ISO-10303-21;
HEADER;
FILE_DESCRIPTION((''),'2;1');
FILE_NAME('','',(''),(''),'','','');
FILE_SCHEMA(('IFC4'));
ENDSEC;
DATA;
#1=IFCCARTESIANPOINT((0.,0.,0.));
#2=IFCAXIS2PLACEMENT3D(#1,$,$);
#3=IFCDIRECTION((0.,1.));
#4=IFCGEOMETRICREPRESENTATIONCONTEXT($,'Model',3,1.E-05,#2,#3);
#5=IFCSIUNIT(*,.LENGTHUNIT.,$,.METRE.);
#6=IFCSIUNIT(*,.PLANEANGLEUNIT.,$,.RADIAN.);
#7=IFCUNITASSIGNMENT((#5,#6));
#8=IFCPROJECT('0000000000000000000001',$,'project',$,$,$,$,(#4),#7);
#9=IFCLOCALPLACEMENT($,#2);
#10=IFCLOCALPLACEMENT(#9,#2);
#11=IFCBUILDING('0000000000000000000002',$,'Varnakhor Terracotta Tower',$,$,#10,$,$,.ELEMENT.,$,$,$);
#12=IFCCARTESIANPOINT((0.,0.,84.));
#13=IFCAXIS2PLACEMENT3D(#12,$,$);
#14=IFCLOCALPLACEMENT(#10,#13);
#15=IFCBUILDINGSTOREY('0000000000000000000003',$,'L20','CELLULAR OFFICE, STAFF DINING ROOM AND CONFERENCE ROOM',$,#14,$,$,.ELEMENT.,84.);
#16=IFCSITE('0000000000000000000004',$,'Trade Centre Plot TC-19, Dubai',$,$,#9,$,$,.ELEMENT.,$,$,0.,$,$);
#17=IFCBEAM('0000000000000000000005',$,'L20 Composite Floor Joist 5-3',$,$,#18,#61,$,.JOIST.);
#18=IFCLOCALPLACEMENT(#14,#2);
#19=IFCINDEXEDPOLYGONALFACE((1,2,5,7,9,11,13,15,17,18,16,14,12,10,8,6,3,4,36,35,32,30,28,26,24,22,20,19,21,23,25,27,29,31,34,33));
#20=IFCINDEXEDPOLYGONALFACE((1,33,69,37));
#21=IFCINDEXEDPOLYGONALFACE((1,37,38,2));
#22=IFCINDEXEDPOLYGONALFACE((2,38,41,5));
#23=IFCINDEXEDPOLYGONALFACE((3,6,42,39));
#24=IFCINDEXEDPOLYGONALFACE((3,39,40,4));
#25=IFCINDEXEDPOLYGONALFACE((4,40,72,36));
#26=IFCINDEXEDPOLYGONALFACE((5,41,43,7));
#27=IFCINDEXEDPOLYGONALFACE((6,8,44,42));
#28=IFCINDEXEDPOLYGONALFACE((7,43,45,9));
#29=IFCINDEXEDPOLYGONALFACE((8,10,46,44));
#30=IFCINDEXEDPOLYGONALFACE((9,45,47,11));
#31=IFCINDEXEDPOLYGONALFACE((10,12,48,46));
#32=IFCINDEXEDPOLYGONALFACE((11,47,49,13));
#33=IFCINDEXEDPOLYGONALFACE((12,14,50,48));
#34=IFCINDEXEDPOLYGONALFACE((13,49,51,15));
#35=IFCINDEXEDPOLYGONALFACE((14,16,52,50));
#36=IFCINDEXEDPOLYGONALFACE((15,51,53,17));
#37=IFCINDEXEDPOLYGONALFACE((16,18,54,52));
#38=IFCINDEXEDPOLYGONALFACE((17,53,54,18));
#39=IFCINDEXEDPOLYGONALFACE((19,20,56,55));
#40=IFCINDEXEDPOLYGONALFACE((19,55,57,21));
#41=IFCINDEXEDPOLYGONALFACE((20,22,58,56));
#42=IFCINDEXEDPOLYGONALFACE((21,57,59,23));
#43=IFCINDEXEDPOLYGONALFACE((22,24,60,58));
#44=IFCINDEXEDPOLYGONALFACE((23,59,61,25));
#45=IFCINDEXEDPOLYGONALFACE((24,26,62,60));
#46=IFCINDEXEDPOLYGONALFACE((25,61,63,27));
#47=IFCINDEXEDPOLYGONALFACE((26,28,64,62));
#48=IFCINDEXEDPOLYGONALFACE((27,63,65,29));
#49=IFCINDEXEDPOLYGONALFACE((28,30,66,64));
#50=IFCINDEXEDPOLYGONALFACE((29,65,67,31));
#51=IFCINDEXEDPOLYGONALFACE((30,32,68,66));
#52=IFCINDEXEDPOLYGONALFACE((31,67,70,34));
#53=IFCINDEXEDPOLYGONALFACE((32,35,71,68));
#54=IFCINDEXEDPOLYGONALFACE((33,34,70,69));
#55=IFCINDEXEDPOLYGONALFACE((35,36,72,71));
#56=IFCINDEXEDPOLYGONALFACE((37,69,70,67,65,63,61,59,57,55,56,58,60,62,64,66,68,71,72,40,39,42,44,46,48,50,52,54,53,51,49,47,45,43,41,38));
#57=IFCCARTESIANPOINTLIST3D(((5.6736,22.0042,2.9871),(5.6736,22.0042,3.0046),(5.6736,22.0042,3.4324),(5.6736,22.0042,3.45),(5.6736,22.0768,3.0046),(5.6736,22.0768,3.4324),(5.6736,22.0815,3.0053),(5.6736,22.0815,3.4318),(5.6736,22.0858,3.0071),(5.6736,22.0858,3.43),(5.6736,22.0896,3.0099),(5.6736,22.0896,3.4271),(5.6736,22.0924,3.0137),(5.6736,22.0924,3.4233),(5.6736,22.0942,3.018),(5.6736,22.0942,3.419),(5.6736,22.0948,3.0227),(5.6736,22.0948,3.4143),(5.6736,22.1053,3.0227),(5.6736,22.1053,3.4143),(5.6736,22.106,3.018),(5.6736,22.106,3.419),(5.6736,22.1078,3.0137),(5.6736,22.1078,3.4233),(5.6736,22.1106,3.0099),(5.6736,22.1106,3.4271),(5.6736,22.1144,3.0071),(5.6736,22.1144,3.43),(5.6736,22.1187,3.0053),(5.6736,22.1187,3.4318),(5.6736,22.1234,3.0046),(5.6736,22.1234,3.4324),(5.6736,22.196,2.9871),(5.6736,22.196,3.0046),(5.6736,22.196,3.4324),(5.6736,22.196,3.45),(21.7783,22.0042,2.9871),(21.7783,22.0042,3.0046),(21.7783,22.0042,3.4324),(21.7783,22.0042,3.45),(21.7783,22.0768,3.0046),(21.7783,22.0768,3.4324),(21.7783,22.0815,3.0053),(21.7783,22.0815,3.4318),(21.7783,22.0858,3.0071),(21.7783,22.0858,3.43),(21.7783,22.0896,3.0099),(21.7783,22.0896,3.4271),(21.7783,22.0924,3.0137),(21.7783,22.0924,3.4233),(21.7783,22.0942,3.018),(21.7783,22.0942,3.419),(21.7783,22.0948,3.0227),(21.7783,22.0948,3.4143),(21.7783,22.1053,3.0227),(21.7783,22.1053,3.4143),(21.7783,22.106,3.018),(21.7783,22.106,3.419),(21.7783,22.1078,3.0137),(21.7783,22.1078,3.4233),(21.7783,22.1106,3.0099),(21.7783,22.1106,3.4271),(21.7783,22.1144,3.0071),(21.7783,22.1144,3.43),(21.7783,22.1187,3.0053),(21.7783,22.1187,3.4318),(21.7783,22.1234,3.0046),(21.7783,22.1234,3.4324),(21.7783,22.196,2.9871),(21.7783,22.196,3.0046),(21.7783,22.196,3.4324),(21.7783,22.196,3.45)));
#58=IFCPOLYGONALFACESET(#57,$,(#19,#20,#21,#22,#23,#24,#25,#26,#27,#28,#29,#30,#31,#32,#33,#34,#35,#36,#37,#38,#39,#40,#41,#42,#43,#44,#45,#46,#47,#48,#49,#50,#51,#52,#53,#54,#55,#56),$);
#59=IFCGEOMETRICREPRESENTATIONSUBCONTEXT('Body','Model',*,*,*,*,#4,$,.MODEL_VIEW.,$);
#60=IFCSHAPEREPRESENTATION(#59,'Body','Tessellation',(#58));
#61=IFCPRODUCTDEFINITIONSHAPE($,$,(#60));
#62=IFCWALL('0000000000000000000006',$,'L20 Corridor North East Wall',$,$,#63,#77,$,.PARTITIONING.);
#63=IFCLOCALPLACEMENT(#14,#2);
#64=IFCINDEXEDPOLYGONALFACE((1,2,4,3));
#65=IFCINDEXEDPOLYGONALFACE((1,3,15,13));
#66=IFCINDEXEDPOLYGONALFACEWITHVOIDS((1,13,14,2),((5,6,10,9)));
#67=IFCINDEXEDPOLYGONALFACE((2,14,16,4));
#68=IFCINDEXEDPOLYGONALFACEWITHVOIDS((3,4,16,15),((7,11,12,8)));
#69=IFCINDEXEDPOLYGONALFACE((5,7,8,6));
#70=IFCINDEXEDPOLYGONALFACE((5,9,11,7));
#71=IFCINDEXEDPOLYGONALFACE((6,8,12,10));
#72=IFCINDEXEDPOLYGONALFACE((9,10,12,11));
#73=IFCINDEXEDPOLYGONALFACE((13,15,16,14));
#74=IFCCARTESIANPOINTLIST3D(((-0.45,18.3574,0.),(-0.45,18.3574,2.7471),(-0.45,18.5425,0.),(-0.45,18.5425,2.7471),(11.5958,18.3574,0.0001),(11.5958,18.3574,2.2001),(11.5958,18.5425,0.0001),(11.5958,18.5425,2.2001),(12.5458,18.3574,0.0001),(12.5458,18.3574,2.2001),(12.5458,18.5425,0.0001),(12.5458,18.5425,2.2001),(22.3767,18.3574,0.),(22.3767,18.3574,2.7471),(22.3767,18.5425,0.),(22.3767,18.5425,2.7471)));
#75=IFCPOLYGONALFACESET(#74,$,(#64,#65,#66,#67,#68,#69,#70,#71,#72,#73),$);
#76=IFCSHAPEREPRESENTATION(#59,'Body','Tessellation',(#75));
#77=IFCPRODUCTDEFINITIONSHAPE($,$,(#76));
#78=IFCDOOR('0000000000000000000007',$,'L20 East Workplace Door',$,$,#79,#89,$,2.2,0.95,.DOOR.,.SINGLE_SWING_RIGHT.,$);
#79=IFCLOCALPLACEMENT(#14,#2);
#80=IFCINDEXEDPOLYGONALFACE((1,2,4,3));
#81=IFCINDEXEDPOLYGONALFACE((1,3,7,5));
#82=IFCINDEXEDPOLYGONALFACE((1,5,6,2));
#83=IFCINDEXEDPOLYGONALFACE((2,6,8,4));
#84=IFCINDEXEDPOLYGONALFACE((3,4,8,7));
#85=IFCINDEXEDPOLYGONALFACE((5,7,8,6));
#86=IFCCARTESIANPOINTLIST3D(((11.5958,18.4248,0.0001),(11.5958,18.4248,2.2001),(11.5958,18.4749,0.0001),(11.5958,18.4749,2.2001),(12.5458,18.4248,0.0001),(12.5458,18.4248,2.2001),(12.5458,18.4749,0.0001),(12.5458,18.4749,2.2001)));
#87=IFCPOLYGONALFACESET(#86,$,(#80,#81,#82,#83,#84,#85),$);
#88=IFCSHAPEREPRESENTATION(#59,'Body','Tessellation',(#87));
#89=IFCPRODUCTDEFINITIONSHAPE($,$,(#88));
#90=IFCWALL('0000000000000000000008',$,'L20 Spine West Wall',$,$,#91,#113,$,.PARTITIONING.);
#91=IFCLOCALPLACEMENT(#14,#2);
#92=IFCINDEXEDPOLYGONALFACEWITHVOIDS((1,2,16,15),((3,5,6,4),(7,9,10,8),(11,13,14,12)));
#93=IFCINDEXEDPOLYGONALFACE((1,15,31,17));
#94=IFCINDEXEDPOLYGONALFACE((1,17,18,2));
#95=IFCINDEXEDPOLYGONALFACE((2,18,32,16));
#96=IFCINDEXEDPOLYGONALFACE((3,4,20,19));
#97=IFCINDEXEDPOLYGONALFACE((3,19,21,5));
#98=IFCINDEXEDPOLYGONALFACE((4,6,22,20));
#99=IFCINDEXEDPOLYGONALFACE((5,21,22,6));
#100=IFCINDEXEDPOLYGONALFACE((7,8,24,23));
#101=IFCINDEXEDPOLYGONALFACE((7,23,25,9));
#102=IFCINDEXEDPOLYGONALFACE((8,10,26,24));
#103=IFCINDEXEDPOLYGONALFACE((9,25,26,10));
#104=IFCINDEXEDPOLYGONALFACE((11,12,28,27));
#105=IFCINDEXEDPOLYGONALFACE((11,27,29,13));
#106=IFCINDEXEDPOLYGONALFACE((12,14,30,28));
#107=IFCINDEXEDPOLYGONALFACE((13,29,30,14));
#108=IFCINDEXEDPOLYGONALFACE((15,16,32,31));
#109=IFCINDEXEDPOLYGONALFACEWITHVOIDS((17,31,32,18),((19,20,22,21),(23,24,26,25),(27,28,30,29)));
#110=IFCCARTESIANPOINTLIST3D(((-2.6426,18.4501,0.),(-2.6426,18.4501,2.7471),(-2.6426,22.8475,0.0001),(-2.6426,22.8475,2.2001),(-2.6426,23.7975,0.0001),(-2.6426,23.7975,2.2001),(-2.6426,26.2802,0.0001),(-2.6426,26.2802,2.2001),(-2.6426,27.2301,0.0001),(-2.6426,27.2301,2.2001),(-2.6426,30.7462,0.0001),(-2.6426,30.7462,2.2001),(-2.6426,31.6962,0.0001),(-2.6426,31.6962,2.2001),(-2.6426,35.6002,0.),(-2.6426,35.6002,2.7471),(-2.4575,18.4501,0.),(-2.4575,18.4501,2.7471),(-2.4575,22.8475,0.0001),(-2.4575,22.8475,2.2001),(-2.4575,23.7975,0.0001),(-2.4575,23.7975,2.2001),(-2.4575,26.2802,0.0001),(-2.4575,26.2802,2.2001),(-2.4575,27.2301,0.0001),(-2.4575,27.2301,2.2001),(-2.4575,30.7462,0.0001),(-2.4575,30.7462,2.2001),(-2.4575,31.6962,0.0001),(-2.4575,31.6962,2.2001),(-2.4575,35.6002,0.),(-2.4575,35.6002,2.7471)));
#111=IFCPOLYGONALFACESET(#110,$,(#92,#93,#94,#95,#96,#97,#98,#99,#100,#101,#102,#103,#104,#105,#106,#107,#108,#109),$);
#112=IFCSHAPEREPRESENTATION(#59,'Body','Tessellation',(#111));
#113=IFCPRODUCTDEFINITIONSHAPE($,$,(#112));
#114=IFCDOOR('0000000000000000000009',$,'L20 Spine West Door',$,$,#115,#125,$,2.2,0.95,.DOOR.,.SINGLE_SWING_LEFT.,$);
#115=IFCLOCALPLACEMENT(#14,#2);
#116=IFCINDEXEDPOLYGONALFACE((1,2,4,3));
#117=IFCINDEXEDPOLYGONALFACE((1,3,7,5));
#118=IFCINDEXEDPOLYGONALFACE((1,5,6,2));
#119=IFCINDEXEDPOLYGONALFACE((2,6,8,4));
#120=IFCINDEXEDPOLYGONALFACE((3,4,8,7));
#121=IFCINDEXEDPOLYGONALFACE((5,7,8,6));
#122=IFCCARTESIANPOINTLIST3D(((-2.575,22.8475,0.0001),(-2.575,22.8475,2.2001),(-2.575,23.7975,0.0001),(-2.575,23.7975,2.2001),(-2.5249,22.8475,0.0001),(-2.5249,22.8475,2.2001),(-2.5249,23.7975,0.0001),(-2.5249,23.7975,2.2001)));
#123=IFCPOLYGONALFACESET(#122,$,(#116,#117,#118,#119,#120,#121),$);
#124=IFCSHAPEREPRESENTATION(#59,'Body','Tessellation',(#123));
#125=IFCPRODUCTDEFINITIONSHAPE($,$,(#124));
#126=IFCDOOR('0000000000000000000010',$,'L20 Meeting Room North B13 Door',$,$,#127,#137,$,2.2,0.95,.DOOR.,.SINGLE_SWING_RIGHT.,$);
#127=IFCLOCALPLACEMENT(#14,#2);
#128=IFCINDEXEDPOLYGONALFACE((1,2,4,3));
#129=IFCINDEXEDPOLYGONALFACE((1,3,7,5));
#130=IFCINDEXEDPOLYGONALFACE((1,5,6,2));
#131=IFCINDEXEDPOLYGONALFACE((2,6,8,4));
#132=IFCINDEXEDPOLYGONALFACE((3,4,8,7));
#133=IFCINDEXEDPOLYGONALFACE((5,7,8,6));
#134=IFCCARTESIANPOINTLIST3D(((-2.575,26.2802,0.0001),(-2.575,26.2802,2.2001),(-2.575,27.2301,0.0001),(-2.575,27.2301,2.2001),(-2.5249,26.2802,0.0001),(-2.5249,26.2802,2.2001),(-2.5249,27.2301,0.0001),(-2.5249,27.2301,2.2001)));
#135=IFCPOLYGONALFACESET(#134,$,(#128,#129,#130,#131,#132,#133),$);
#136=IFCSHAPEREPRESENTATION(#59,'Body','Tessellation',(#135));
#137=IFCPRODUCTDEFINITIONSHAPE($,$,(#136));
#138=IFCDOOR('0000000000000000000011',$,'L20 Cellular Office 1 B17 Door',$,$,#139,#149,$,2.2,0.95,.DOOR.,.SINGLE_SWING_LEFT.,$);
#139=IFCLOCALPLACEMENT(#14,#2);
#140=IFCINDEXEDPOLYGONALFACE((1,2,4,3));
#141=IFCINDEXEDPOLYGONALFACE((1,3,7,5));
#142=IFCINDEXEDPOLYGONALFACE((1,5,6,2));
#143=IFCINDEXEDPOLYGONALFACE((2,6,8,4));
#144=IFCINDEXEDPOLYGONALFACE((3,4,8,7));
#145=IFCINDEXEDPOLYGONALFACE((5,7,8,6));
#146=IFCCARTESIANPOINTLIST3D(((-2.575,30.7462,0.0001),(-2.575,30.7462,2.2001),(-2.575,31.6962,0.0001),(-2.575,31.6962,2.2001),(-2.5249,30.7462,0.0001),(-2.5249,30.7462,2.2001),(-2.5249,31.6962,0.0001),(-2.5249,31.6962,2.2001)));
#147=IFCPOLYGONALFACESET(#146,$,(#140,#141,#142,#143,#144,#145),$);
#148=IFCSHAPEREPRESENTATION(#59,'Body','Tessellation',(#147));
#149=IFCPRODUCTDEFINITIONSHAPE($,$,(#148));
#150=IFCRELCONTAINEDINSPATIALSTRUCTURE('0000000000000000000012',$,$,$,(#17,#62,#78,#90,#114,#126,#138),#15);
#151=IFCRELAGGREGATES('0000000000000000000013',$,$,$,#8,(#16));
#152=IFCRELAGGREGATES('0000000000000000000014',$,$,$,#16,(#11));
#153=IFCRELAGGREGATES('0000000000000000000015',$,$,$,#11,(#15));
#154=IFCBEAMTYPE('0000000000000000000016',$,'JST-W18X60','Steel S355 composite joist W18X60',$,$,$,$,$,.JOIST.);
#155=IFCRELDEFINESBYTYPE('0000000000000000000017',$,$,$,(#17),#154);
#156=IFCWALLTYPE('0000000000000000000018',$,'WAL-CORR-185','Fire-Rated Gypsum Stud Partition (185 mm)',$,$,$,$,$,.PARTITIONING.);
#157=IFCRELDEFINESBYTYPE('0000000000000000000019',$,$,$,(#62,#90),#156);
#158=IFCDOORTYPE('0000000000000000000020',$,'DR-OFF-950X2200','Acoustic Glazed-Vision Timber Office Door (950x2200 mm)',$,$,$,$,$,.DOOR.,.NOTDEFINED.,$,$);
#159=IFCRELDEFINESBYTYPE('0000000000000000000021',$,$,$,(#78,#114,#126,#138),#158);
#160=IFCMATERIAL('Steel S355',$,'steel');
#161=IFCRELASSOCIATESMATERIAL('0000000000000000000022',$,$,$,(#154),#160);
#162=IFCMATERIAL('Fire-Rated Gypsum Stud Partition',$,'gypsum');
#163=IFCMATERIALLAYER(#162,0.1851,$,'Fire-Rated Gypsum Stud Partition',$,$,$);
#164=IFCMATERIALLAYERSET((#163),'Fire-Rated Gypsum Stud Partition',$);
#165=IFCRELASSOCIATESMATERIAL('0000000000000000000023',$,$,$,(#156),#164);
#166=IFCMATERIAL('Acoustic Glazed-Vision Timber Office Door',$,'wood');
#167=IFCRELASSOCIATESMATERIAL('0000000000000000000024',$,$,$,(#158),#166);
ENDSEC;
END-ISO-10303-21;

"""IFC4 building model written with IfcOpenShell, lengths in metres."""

from ifc_helpers import new_model, si_unit, direction, frame, frame_2d, origin, origin_2d, place, context, subcontext, project, spatial, rectangle, i_section, extrude, source, transform, mapped, material, layer, layer_set, material_profile, profile_set, type_object, type_shapes, element, fill, save


model = new_model("IFC4")

# Units and contexts
model_context = context("Model", 3, precision=1e-05, world=origin(), true_north=direction((0.0, 1.0)))
body_context = subcontext(model_context, "Body", "Model", "MODEL_VIEW")
ifc_project = project(units=[si_unit("LENGTHUNIT", "METRE"), si_unit("PLANEANGLEUNIT", "RADIAN")], contexts=[model_context])

# Site, building, storey
site_placement = place(None, origin())
site = spatial("IfcSite", under=ifc_project, at=site_placement, Name="Trade Centre Plot TC-19, Dubai", CompositionType="ELEMENT", RefElevation=0.0)
building_placement = place(site_placement, origin())
building = spatial("IfcBuilding", under=site, at=building_placement, Name="Varnakhor Terracotta Tower", CompositionType="ELEMENT")
storey_placement = place(building_placement, frame((0.0, 0.0, 84.0)))
storey = spatial("IfcBuildingStorey", under=building, at=storey_placement, Name="L20", Description="CELLULAR OFFICE, STAFF DINING ROOM AND CONFERENCE ROOM", CompositionType="ELEMENT", Elevation=84.0)

# Beam
ifc_material_1 = material(Name="Steel S355", Category="steel")
ifc_material_profile_1 = material_profile(ifc_material_1, i_section(OverallWidth=0.1919, OverallDepth=0.4629, WebThickness=0.0105, FlangeThickness=0.0176, FilletRadius=0.0181, at=origin_2d()), Name="W18X60")
ifc_profile_set_1 = profile_set([ifc_material_profile_1], Name="Steel S355")
beam_type_1 = type_object("IfcBeamType", Name="JST-W18X60", Description="Steel S355 composite joist W18X60", PredefinedType="JOIST", material=ifc_profile_set_1)
shared_shape_1 = source(origin(), body_context, "Body", "SweptSolid", [
    extrude(i_section(OverallWidth=0.1919, OverallDepth=0.4629, WebThickness=0.0105, FlangeThickness=0.0176, FilletRadius=0.0181, at=origin_2d()), origin(), (0.0, 0.0, 1.0), 16.1047),
])
beam_1_placement = place(storey_placement, frame((5.6736, 22.1001, 3.2185), z_axis=(1.0, 0.0, 0.0), x_axis=(0.0, 1.0, 0.0)))
element("IfcBeam", 1, at=beam_1_placement, inside=storey, type_object=beam_type_1, Name="L20 Composite Floor Joist 5-3", PredefinedType="JOIST", context=body_context, shape_type="MappedRepresentation", body=[
    mapped(shared_shape_1, transform((0.0, 0.0, 0.0), scale=1.0)),
])

# Wall, opening, door
ifc_material_2 = material(Name="Fire-Rated Gypsum Stud Partition", Category="gypsum")
ifc_layer_1 = layer(ifc_material_2, 0.1851, Name="Fire-Rated Gypsum Stud Partition")
ifc_layer_set_1 = layer_set([ifc_layer_1], Name="Fire-Rated Gypsum Stud Partition")
wall_type_1 = type_object("IfcWallType", Name="WAL-CORR-185", Description="Fire-Rated Gypsum Stud Partition (185 mm)", PredefinedType="PARTITIONING", material=ifc_layer_set_1)
wall_1_placement = place(storey_placement, frame((-0.45, 18.45, 0.0), z_axis=(0.0, 0.0, 1.0), x_axis=(1.0, 0.0, 0.0)))
wall_1 = element("IfcWall", 2, at=wall_1_placement, inside=storey, type_object=wall_type_1, Name="L20 Corridor North East Wall", PredefinedType="PARTITIONING", context=body_context, shape_type="SweptSolid", body=[
    extrude(rectangle(XDim=22.8267, YDim=0.1851, at=frame_2d((11.4133, 0.0))), origin(), (0.0, 0.0, 1.0), 2.7471),
])
opening_1_placement = place(wall_1_placement, frame((12.0457, 0.0, 0.0)))
opening_1 = element("IfcOpeningElement", 3, at=opening_1_placement, cuts=wall_1, PredefinedType="OPENING", context=body_context, shape_type="SweptSolid", body=[
    extrude(rectangle(XDim=0.95, YDim=2.2, at=frame_2d((0.4751, 1.1001))), frame((0.0, 0.1025, 0.0), z_axis=(0.0, -1.0, 0.0), x_axis=(1.0, 0.0, 0.0)), (0.0, 0.0, 1.0), 0.2051),
])
ifc_material_3 = material(Name="Acoustic Glazed-Vision Timber Office Door", Category="wood")
door_type_1 = type_object("IfcDoorType", Name="DR-OFF-950X2200", Description="Acoustic Glazed-Vision Timber Office Door (950x2200 mm)", OperationType="NOTDEFINED", PredefinedType="DOOR", material=ifc_material_3)
shared_shape_2 = source(origin(), body_context, "Body", "SweptSolid", [
    extrude(rectangle(XDim=0.95, YDim=2.2, at=frame_2d((0.4751, 1.1001))), frame((0.0, 0.0249, 0.0), z_axis=(0.0, -1.0, 0.0), x_axis=(1.0, 0.0, 0.0)), (0.0, 0.0, 1.0), 0.05),
])
type_shapes(door_type_1, [shared_shape_2])
door_1_placement = place(opening_1_placement, origin())
door_1 = element("IfcDoor", 4, at=door_1_placement, inside=storey, type_object=door_type_1, Name="L20 East Workplace Door", OperationType="SINGLE_SWING_RIGHT", OverallHeight=2.2, OverallWidth=0.95, PredefinedType="DOOR", context=body_context, shape_type="MappedRepresentation", body=[
    mapped(shared_shape_2, transform((0.0, 0.0, 0.0), scale=1.0)),
])
fill(opening_1, door_1)

# Wall, openings, doors
wall_2_placement = place(storey_placement, frame((-2.55, 18.45, 0.0), z_axis=(0.0, 0.0, 1.0), x_axis=(0.0, 1.0, 0.0)))
wall_2 = element("IfcWall", 5, at=wall_2_placement, inside=storey, type_object=wall_type_1, Name="L20 Spine West Wall", PredefinedType="PARTITIONING", context=body_context, shape_type="SweptSolid", body=[
    extrude(rectangle(XDim=17.1501, YDim=0.1851, at=frame_2d((8.5752, 0.0))), origin(), (0.0, 0.0, 1.0), 2.7471),
])
opening_2_placement = place(wall_2_placement, frame((4.3975, 0.0, 0.0)))
opening_2 = element("IfcOpeningElement", 6, at=opening_2_placement, cuts=wall_2, PredefinedType="OPENING", context=body_context, shape_type="SweptSolid", body=[
    extrude(rectangle(XDim=0.95, YDim=2.2, at=frame_2d((0.4751, 1.1001))), frame((0.0, 0.1025, 0.0), z_axis=(0.0, -1.0, 0.0), x_axis=(1.0, 0.0, 0.0)), (0.0, 0.0, 1.0), 0.2051),
])
opening_3_placement = place(wall_2_placement, frame((7.8301, 0.0, 0.0)))
opening_3 = element("IfcOpeningElement", 7, at=opening_3_placement, cuts=wall_2, PredefinedType="OPENING", context=body_context, shape_type="SweptSolid", body=[
    extrude(rectangle(XDim=0.95, YDim=2.2, at=frame_2d((0.4751, 1.1001))), frame((0.0, 0.1025, 0.0), z_axis=(0.0, -1.0, 0.0), x_axis=(1.0, 0.0, 0.0)), (0.0, 0.0, 1.0), 0.2051),
])
opening_4_placement = place(wall_2_placement, frame((12.2961, 0.0, 0.0)))
opening_4 = element("IfcOpeningElement", 8, at=opening_4_placement, cuts=wall_2, PredefinedType="OPENING", context=body_context, shape_type="SweptSolid", body=[
    extrude(rectangle(XDim=0.95, YDim=2.2, at=frame_2d((0.4751, 1.1001))), frame((0.0, 0.1025, 0.0), z_axis=(0.0, -1.0, 0.0), x_axis=(1.0, 0.0, 0.0)), (0.0, 0.0, 1.0), 0.2051),
])
door_2_placement = place(opening_2_placement, origin())
door_2 = element("IfcDoor", 9, at=door_2_placement, inside=storey, type_object=door_type_1, Name="L20 Spine West Door", OperationType="SINGLE_SWING_LEFT", OverallHeight=2.2, OverallWidth=0.95, PredefinedType="DOOR", context=body_context, shape_type="MappedRepresentation", body=[
    mapped(shared_shape_2, transform((0.0, 0.0, 0.0), scale=1.0)),
])
fill(opening_2, door_2)
door_3_placement = place(opening_3_placement, origin())
door_3 = element("IfcDoor", 10, at=door_3_placement, inside=storey, type_object=door_type_1, Name="L20 Meeting Room North B13 Door", OperationType="SINGLE_SWING_RIGHT", OverallHeight=2.2, OverallWidth=0.95, PredefinedType="DOOR", context=body_context, shape_type="MappedRepresentation", body=[
    mapped(shared_shape_2, transform((0.0, 0.0, 0.0), scale=1.0)),
])
fill(opening_3, door_3)
door_4_placement = place(opening_4_placement, origin())
door_4 = element("IfcDoor", 11, at=door_4_placement, inside=storey, type_object=door_type_1, Name="L20 Cellular Office 1 B17 Door", OperationType="SINGLE_SWING_LEFT", OverallHeight=2.2, OverallWidth=0.95, PredefinedType="DOOR", context=body_context, shape_type="MappedRepresentation", body=[
    mapped(shared_shape_2, transform((0.0, 0.0, 0.0), scale=1.0)),
])
fill(opening_4, door_4)

save(model, "model.ifc")
